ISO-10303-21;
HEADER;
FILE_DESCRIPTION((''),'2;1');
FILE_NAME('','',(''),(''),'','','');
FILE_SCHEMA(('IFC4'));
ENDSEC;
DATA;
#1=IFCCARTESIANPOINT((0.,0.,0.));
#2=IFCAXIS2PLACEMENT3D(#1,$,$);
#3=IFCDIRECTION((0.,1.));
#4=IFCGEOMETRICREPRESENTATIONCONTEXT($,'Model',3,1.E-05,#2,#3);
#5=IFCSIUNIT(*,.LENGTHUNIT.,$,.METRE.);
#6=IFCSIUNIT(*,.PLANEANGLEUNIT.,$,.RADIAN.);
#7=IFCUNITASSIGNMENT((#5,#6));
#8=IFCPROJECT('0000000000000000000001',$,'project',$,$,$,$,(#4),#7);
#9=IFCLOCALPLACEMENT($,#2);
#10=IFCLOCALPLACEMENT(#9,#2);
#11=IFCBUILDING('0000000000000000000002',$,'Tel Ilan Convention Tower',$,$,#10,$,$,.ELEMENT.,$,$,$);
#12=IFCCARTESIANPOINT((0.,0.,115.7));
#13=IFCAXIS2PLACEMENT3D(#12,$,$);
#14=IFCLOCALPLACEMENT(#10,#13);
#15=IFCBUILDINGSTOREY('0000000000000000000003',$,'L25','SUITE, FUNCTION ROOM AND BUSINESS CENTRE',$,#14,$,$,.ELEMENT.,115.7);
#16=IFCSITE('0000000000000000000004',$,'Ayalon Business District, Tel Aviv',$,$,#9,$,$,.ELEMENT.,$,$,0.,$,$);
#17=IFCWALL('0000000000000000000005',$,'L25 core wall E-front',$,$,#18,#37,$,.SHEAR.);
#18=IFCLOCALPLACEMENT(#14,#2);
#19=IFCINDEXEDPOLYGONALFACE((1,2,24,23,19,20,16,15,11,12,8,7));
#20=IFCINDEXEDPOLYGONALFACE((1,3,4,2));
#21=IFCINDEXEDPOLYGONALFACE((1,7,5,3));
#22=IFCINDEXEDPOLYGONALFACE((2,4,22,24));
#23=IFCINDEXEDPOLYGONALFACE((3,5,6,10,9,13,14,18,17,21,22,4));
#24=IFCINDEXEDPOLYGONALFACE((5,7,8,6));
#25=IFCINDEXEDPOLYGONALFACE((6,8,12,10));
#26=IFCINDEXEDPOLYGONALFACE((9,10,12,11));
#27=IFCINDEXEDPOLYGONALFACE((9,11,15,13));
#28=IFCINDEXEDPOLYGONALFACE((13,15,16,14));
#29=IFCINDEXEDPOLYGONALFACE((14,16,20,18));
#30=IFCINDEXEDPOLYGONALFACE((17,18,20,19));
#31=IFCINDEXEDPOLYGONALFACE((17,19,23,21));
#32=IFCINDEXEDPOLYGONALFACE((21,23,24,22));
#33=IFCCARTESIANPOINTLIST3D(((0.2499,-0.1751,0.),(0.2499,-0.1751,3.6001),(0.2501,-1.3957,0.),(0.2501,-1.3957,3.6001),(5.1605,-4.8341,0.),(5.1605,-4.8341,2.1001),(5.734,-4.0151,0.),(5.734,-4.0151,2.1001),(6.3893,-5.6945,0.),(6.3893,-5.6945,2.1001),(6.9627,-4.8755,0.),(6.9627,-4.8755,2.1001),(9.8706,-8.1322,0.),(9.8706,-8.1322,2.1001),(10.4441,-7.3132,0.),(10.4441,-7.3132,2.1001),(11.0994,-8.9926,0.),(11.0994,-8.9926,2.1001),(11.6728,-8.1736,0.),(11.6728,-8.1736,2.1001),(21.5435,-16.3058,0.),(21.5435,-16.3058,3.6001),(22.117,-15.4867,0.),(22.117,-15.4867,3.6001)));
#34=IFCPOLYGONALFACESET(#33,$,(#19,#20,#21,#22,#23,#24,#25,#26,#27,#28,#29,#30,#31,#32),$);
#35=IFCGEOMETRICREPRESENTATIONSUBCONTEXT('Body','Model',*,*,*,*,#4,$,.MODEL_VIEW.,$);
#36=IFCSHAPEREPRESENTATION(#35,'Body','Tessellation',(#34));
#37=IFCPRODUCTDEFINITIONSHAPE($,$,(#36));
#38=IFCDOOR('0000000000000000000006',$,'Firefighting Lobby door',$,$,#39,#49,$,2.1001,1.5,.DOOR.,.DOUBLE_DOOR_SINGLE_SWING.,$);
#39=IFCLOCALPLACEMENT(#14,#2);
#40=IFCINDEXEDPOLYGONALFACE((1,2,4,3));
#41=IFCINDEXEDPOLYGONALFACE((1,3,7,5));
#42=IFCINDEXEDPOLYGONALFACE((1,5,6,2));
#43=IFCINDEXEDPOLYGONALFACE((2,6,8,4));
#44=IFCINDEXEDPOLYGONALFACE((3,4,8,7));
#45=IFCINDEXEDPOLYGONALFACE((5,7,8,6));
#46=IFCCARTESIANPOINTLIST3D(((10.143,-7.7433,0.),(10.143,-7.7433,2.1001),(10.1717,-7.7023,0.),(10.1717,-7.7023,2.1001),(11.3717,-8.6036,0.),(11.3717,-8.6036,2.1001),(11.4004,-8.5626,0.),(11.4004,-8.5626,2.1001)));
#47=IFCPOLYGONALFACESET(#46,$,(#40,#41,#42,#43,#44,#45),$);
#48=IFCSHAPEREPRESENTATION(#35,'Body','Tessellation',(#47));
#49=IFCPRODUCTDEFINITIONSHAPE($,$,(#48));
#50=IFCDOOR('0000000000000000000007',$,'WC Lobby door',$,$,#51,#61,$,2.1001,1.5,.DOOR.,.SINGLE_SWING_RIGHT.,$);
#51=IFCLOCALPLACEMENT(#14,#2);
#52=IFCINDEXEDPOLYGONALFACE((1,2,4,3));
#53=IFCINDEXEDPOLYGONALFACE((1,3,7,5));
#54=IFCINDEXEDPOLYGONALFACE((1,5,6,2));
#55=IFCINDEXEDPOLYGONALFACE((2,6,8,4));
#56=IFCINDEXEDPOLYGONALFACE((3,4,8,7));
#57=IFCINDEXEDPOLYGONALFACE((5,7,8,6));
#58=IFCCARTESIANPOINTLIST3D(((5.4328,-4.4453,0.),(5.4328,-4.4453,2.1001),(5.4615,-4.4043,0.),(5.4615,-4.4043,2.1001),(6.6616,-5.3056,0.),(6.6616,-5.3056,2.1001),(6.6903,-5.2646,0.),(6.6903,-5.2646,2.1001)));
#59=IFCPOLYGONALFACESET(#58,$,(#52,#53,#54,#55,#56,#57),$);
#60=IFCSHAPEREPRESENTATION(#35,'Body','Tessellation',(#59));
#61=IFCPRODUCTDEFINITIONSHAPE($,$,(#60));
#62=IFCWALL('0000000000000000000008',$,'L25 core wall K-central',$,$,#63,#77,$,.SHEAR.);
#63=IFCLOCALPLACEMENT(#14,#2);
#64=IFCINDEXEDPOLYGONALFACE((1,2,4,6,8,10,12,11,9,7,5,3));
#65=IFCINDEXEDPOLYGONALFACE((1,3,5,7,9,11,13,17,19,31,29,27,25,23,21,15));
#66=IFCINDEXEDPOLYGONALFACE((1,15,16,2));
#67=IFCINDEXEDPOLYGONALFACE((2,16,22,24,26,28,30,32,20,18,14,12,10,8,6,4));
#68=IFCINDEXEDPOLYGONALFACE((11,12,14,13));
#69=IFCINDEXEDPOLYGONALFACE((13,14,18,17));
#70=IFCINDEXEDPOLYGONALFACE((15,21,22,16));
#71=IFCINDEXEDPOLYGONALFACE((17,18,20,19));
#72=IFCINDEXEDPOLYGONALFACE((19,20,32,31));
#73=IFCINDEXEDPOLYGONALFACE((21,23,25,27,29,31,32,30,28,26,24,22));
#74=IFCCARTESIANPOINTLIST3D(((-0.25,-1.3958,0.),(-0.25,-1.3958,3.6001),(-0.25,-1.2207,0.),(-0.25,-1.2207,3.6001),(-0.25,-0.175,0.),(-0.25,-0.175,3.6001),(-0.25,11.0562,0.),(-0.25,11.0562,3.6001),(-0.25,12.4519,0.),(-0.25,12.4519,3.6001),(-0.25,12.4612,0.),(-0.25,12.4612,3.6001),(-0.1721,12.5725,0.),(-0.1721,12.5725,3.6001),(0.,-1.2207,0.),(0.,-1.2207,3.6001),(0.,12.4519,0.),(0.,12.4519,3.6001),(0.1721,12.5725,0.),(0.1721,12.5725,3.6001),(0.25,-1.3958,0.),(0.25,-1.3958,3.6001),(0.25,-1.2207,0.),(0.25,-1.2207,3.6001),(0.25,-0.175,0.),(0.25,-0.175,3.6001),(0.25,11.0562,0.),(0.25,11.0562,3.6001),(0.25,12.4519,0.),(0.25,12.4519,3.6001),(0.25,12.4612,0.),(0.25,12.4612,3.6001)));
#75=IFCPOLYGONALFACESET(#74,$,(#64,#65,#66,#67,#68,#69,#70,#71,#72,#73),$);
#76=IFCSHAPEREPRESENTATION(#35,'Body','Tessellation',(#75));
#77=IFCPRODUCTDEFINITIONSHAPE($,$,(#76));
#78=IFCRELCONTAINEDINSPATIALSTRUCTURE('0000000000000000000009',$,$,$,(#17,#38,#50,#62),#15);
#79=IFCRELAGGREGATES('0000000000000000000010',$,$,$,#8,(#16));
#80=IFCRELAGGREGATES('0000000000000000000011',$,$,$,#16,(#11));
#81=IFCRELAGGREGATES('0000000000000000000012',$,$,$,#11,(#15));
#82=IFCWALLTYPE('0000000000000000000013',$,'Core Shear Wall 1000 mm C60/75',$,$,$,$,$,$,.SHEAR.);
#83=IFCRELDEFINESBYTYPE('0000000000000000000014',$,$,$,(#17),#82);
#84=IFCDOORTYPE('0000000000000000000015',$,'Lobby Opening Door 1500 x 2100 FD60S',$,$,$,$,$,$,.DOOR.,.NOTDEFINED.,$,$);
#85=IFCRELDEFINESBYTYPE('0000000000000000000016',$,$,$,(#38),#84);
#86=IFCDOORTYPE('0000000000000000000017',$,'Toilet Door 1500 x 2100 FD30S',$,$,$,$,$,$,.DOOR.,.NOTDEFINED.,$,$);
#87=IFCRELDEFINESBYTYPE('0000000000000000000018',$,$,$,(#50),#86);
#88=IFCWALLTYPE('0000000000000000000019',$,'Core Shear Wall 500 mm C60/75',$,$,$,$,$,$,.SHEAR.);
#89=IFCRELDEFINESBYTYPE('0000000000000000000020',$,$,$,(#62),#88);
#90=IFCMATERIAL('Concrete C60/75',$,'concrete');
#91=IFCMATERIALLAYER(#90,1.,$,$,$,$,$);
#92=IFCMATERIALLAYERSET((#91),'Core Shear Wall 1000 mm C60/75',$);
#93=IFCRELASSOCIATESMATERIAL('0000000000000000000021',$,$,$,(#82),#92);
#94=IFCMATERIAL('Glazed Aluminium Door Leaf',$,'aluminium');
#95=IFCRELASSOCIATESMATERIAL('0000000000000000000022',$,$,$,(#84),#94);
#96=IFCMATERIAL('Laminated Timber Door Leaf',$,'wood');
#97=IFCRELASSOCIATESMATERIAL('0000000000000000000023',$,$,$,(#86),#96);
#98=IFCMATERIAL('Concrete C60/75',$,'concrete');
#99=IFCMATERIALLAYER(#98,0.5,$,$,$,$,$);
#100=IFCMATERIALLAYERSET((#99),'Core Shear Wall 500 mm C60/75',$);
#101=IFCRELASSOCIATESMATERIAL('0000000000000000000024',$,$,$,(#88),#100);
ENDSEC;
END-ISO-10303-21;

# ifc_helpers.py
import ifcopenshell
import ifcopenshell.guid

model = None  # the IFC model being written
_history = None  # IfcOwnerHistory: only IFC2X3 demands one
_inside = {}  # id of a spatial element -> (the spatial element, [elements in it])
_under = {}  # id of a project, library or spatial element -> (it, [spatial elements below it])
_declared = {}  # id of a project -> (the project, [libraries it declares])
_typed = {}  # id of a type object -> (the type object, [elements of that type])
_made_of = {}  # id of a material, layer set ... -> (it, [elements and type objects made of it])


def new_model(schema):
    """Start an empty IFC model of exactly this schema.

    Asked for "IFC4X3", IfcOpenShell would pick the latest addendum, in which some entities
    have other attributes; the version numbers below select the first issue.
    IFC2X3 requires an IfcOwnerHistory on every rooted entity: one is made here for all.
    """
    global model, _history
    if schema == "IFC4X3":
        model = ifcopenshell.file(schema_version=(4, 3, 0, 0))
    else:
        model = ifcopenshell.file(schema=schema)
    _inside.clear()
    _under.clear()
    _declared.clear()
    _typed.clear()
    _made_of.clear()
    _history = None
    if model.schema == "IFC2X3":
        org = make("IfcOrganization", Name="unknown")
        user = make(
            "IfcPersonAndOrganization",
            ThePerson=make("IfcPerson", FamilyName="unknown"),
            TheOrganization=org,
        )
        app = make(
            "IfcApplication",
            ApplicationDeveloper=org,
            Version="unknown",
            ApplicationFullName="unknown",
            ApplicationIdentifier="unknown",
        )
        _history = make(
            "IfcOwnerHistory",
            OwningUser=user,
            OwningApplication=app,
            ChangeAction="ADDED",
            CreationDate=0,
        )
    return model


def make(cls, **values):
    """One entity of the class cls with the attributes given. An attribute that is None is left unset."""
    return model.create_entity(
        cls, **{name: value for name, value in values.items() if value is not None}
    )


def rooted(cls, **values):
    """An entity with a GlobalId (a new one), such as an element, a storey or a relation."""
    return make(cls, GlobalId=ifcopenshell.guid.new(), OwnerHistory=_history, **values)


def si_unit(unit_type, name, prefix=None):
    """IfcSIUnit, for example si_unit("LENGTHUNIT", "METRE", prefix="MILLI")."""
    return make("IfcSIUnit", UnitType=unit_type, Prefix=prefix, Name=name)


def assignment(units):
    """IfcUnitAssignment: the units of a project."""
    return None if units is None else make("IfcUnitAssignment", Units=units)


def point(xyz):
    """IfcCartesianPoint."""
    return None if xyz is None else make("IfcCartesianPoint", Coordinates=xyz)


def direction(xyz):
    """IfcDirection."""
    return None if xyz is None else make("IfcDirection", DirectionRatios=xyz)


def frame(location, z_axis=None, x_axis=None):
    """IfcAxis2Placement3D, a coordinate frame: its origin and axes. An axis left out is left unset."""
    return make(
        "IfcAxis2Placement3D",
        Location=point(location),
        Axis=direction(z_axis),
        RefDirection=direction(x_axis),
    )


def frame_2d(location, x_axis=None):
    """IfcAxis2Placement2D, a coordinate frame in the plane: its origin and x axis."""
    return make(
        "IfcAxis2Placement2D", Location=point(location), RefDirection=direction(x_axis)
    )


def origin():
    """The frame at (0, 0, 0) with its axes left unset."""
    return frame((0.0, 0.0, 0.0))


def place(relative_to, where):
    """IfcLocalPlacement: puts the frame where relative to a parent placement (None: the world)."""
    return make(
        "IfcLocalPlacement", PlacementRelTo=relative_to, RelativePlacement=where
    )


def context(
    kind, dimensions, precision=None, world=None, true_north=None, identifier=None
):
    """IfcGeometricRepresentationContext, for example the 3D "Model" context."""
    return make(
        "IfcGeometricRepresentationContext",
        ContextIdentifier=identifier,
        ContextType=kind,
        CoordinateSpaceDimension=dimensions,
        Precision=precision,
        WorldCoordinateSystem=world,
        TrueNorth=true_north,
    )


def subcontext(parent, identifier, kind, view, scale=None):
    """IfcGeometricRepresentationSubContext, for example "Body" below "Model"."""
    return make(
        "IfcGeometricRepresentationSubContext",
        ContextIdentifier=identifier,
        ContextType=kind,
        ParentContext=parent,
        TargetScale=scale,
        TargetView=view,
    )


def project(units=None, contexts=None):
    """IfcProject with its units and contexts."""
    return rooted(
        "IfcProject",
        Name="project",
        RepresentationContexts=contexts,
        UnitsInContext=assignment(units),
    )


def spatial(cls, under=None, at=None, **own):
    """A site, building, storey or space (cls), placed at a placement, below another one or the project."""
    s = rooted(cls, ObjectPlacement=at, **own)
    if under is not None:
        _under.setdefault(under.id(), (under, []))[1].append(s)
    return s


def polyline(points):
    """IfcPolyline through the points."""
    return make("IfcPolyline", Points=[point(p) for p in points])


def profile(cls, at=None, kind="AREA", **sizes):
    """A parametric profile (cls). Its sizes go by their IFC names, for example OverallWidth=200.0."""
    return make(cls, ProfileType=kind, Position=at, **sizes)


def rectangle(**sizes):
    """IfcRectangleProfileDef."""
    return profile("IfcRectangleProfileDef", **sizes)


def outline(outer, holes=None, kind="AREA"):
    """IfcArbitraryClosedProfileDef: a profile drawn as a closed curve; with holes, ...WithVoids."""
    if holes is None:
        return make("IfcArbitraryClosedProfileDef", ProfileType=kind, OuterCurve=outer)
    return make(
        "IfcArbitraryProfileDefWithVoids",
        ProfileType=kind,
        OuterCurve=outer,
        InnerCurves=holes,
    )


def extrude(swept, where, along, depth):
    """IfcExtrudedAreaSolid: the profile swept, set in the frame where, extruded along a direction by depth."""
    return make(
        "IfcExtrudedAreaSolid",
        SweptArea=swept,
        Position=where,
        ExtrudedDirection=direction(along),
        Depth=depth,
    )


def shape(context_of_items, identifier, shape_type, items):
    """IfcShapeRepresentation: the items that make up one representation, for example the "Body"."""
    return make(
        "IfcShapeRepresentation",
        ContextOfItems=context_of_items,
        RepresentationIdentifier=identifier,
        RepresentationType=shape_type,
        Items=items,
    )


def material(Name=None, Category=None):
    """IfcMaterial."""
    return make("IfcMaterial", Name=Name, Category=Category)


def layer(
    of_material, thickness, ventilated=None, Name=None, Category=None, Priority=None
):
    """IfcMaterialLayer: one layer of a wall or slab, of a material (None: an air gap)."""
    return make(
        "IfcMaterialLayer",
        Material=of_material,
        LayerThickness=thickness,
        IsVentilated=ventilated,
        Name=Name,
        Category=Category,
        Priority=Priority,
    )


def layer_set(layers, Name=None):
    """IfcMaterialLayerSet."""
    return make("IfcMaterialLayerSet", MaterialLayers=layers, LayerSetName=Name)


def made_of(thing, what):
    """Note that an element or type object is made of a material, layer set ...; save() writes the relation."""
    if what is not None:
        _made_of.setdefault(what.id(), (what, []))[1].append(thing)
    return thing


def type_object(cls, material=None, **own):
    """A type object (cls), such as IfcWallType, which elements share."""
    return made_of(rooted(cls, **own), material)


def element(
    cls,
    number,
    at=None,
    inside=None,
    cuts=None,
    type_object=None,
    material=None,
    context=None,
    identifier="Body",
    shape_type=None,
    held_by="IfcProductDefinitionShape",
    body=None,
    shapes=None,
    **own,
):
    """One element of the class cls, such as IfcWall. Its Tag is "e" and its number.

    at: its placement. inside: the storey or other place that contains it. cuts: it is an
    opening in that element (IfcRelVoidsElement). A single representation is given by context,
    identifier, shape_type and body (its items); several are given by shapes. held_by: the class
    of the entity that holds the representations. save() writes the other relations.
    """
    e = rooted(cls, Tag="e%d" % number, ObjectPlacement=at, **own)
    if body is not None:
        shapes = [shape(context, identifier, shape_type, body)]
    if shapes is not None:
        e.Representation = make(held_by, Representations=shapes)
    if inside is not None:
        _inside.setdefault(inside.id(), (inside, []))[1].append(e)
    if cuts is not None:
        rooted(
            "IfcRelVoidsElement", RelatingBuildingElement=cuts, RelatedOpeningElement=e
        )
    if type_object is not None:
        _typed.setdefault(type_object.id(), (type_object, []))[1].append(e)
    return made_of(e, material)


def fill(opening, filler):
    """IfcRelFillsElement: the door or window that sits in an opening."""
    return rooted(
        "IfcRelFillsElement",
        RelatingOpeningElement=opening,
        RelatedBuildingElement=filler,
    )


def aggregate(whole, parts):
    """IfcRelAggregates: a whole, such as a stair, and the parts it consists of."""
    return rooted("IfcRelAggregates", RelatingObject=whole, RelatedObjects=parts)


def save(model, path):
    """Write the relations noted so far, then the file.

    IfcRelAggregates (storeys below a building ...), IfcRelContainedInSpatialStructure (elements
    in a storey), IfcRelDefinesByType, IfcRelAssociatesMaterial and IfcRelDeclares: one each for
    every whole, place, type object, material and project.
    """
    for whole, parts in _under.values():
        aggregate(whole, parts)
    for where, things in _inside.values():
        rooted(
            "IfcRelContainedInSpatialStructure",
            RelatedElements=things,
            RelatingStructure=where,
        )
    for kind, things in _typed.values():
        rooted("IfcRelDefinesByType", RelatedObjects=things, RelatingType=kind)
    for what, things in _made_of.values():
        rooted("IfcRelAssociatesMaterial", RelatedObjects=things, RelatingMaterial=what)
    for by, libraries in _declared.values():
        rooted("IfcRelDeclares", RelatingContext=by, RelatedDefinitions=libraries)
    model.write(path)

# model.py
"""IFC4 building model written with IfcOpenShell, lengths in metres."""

from ifc_helpers import new_model, si_unit, direction, frame, frame_2d, origin, place, context, subcontext, project, spatial, polyline, rectangle, outline, extrude, material, layer, layer_set, type_object, element, fill, save


model = new_model("IFC4")

# Units and contexts
model_context = context("Model", 3, precision=1e-05, world=origin(), true_north=direction((0.0, 1.0)))
body_context = subcontext(model_context, "Body", "Model", "MODEL_VIEW")
ifc_project = project(units=[si_unit("LENGTHUNIT", "METRE"), si_unit("PLANEANGLEUNIT", "RADIAN")], contexts=[model_context])

# Site, building, storey
site_placement = place(None, origin())
site = spatial("IfcSite", under=ifc_project, at=site_placement, Name="Ayalon Business District, Tel Aviv", CompositionType="ELEMENT", RefElevation=0.0)
building_placement = place(site_placement, origin())
building = spatial("IfcBuilding", under=site, at=building_placement, Name="Tel Ilan Convention Tower", CompositionType="ELEMENT")
storey_placement = place(building_placement, frame((0.0, 0.0, 115.7)))
storey = spatial("IfcBuildingStorey", under=building, at=storey_placement, Name="L25", Description="SUITE, FUNCTION ROOM AND BUSINESS CENTRE", CompositionType="ELEMENT", Elevation=115.7)

# Wall, openings, doors
ifc_material_1 = material(Name="Concrete C60/75", Category="concrete")
ifc_layer_1 = layer(ifc_material_1, 1.0)
ifc_layer_set_1 = layer_set([ifc_layer_1], Name="Core Shear Wall 1000 mm C60/75")
wall_type_1 = type_object("IfcWallType", Name="Core Shear Wall 1000 mm C60/75", PredefinedType="SHEAR", material=ifc_layer_set_1)
wall_1_placement = place(storey_placement, frame((-0.0369, -0.5847, 0.0), z_axis=(0.0, 0.0, 1.0), x_axis=(0.819157, -0.573569, 0.0)))
wall_1 = element("IfcWall", 1, at=wall_1_placement, inside=storey, type_object=wall_type_1, Name="L25 core wall E-front", PredefinedType="SHEAR", context=body_context, shape_type="SweptSolid", body=[
    extrude(outline(polyline([(26.6948, 0.4998), (0.0, 0.5), (0.7002, -0.4998), (26.6948, -0.5002), (26.6948, 0.4998)])), origin(), (0.0, 0.0, 1.0), 3.6001),
])
opening_1_placement = place(wall_1_placement, frame((6.6948, 0.0, 0.0)))
opening_1 = element("IfcOpeningElement", 2, at=opening_1_placement, cuts=wall_1, PredefinedType="OPENING", context=body_context, shape_type="SweptSolid", body=[
    extrude(rectangle(XDim=1.5, YDim=2.1001, at=frame_2d((0.75, 1.05))), frame((0.0, 0.51, 0.0), z_axis=(0.0, -1.0, 0.0), x_axis=(1.0, 0.0, 0.0)), (0.0, 0.0, 1.0), 1.02),
])
opening_2_placement = place(wall_1_placement, frame((12.4448, 0.0, 0.0)))
opening_2 = element("IfcOpeningElement", 3, at=opening_2_placement, cuts=wall_1, PredefinedType="OPENING", context=body_context, shape_type="SweptSolid", body=[
    extrude(rectangle(XDim=1.5, YDim=2.1001, at=frame_2d((0.75, 1.05))), frame((0.0, 0.51, 0.0), z_axis=(0.0, -1.0, 0.0), x_axis=(1.0, 0.0, 0.0)), (0.0, 0.0, 1.0), 1.02),
])
ifc_material_2 = material(Name="Glazed Aluminium Door Leaf", Category="aluminium")
door_type_1 = type_object("IfcDoorType", Name="Lobby Opening Door 1500 x 2100 FD60S", OperationType="NOTDEFINED", PredefinedType="DOOR", material=ifc_material_2)
door_1_placement = place(opening_2_placement, origin())
door_1 = element("IfcDoor", 4, at=door_1_placement, inside=storey, type_object=door_type_1, Name="Firefighting Lobby door", OperationType="DOUBLE_DOOR_SINGLE_SWING", OverallHeight=2.1001, OverallWidth=1.5, PredefinedType="DOOR", context=body_context, shape_type="SweptSolid", body=[
    extrude(rectangle(XDim=1.5, YDim=2.1001, at=frame_2d((0.75, 1.05))), frame((0.0, 0.0249, 0.0), z_axis=(0.0, -1.0, 0.0), x_axis=(1.0, 0.0, 0.0)), (0.0, 0.0, 1.0), 0.05),
])
fill(opening_2, door_1)
ifc_material_3 = material(Name="Laminated Timber Door Leaf", Category="wood")
door_type_2 = type_object("IfcDoorType", Name="Toilet Door 1500 x 2100 FD30S", OperationType="NOTDEFINED", PredefinedType="DOOR", material=ifc_material_3)
door_2_placement = place(opening_1_placement, origin())
door_2 = element("IfcDoor", 5, at=door_2_placement, inside=storey, type_object=door_type_2, Name="WC Lobby door", OperationType="SINGLE_SWING_RIGHT", OverallHeight=2.1001, OverallWidth=1.5, PredefinedType="DOOR", context=body_context, shape_type="SweptSolid", body=[
    extrude(rectangle(XDim=1.5, YDim=2.1001, at=frame_2d((0.75, 1.05))), frame((0.0, 0.0249, 0.0), z_axis=(0.0, -1.0, 0.0), x_axis=(1.0, 0.0, 0.0)), (0.0, 0.0, 1.0), 0.05),
])
fill(opening_1, door_2)

# Wall
ifc_material_4 = material(Name="Concrete C60/75", Category="concrete")
ifc_layer_2 = layer(ifc_material_4, 0.5)
ifc_layer_set_2 = layer_set([ifc_layer_2], Name="Core Shear Wall 500 mm C60/75")
wall_type_2 = type_object("IfcWallType", Name="Core Shear Wall 500 mm C60/75", PredefinedType="SHEAR", material=ifc_layer_set_2)
wall_2_placement = place(storey_placement, frame((0.0, -1.3958, 0.0), z_axis=(0.0, 0.0, 1.0), x_axis=(0.0, 1.0, 0.0)))
element("IfcWall", 6, at=wall_2_placement, inside=storey, type_object=wall_type_2, Name="L25 core wall K-central", PredefinedType="SHEAR", context=body_context, shape_type="SweptSolid", body=[
    extrude(outline(polyline([(0.0, -0.25), (0.175, -0.25), (1.2207, -0.25), (12.4519, -0.25), (13.8477, -0.25), (13.8569, -0.25), (13.9683, -0.1721), (13.8477, 0.0), (13.9683, 0.1721), (13.8569, 0.25), (13.8477, 0.25), (12.4519, 0.25), (1.2207, 0.25), (0.175, 0.25), (0.0, 0.25), (0.175, 0.0), (0.0, -0.25)])), origin(), (0.0, 0.0, 1.0), 3.6001),
])

save(model, "model.ifc")
